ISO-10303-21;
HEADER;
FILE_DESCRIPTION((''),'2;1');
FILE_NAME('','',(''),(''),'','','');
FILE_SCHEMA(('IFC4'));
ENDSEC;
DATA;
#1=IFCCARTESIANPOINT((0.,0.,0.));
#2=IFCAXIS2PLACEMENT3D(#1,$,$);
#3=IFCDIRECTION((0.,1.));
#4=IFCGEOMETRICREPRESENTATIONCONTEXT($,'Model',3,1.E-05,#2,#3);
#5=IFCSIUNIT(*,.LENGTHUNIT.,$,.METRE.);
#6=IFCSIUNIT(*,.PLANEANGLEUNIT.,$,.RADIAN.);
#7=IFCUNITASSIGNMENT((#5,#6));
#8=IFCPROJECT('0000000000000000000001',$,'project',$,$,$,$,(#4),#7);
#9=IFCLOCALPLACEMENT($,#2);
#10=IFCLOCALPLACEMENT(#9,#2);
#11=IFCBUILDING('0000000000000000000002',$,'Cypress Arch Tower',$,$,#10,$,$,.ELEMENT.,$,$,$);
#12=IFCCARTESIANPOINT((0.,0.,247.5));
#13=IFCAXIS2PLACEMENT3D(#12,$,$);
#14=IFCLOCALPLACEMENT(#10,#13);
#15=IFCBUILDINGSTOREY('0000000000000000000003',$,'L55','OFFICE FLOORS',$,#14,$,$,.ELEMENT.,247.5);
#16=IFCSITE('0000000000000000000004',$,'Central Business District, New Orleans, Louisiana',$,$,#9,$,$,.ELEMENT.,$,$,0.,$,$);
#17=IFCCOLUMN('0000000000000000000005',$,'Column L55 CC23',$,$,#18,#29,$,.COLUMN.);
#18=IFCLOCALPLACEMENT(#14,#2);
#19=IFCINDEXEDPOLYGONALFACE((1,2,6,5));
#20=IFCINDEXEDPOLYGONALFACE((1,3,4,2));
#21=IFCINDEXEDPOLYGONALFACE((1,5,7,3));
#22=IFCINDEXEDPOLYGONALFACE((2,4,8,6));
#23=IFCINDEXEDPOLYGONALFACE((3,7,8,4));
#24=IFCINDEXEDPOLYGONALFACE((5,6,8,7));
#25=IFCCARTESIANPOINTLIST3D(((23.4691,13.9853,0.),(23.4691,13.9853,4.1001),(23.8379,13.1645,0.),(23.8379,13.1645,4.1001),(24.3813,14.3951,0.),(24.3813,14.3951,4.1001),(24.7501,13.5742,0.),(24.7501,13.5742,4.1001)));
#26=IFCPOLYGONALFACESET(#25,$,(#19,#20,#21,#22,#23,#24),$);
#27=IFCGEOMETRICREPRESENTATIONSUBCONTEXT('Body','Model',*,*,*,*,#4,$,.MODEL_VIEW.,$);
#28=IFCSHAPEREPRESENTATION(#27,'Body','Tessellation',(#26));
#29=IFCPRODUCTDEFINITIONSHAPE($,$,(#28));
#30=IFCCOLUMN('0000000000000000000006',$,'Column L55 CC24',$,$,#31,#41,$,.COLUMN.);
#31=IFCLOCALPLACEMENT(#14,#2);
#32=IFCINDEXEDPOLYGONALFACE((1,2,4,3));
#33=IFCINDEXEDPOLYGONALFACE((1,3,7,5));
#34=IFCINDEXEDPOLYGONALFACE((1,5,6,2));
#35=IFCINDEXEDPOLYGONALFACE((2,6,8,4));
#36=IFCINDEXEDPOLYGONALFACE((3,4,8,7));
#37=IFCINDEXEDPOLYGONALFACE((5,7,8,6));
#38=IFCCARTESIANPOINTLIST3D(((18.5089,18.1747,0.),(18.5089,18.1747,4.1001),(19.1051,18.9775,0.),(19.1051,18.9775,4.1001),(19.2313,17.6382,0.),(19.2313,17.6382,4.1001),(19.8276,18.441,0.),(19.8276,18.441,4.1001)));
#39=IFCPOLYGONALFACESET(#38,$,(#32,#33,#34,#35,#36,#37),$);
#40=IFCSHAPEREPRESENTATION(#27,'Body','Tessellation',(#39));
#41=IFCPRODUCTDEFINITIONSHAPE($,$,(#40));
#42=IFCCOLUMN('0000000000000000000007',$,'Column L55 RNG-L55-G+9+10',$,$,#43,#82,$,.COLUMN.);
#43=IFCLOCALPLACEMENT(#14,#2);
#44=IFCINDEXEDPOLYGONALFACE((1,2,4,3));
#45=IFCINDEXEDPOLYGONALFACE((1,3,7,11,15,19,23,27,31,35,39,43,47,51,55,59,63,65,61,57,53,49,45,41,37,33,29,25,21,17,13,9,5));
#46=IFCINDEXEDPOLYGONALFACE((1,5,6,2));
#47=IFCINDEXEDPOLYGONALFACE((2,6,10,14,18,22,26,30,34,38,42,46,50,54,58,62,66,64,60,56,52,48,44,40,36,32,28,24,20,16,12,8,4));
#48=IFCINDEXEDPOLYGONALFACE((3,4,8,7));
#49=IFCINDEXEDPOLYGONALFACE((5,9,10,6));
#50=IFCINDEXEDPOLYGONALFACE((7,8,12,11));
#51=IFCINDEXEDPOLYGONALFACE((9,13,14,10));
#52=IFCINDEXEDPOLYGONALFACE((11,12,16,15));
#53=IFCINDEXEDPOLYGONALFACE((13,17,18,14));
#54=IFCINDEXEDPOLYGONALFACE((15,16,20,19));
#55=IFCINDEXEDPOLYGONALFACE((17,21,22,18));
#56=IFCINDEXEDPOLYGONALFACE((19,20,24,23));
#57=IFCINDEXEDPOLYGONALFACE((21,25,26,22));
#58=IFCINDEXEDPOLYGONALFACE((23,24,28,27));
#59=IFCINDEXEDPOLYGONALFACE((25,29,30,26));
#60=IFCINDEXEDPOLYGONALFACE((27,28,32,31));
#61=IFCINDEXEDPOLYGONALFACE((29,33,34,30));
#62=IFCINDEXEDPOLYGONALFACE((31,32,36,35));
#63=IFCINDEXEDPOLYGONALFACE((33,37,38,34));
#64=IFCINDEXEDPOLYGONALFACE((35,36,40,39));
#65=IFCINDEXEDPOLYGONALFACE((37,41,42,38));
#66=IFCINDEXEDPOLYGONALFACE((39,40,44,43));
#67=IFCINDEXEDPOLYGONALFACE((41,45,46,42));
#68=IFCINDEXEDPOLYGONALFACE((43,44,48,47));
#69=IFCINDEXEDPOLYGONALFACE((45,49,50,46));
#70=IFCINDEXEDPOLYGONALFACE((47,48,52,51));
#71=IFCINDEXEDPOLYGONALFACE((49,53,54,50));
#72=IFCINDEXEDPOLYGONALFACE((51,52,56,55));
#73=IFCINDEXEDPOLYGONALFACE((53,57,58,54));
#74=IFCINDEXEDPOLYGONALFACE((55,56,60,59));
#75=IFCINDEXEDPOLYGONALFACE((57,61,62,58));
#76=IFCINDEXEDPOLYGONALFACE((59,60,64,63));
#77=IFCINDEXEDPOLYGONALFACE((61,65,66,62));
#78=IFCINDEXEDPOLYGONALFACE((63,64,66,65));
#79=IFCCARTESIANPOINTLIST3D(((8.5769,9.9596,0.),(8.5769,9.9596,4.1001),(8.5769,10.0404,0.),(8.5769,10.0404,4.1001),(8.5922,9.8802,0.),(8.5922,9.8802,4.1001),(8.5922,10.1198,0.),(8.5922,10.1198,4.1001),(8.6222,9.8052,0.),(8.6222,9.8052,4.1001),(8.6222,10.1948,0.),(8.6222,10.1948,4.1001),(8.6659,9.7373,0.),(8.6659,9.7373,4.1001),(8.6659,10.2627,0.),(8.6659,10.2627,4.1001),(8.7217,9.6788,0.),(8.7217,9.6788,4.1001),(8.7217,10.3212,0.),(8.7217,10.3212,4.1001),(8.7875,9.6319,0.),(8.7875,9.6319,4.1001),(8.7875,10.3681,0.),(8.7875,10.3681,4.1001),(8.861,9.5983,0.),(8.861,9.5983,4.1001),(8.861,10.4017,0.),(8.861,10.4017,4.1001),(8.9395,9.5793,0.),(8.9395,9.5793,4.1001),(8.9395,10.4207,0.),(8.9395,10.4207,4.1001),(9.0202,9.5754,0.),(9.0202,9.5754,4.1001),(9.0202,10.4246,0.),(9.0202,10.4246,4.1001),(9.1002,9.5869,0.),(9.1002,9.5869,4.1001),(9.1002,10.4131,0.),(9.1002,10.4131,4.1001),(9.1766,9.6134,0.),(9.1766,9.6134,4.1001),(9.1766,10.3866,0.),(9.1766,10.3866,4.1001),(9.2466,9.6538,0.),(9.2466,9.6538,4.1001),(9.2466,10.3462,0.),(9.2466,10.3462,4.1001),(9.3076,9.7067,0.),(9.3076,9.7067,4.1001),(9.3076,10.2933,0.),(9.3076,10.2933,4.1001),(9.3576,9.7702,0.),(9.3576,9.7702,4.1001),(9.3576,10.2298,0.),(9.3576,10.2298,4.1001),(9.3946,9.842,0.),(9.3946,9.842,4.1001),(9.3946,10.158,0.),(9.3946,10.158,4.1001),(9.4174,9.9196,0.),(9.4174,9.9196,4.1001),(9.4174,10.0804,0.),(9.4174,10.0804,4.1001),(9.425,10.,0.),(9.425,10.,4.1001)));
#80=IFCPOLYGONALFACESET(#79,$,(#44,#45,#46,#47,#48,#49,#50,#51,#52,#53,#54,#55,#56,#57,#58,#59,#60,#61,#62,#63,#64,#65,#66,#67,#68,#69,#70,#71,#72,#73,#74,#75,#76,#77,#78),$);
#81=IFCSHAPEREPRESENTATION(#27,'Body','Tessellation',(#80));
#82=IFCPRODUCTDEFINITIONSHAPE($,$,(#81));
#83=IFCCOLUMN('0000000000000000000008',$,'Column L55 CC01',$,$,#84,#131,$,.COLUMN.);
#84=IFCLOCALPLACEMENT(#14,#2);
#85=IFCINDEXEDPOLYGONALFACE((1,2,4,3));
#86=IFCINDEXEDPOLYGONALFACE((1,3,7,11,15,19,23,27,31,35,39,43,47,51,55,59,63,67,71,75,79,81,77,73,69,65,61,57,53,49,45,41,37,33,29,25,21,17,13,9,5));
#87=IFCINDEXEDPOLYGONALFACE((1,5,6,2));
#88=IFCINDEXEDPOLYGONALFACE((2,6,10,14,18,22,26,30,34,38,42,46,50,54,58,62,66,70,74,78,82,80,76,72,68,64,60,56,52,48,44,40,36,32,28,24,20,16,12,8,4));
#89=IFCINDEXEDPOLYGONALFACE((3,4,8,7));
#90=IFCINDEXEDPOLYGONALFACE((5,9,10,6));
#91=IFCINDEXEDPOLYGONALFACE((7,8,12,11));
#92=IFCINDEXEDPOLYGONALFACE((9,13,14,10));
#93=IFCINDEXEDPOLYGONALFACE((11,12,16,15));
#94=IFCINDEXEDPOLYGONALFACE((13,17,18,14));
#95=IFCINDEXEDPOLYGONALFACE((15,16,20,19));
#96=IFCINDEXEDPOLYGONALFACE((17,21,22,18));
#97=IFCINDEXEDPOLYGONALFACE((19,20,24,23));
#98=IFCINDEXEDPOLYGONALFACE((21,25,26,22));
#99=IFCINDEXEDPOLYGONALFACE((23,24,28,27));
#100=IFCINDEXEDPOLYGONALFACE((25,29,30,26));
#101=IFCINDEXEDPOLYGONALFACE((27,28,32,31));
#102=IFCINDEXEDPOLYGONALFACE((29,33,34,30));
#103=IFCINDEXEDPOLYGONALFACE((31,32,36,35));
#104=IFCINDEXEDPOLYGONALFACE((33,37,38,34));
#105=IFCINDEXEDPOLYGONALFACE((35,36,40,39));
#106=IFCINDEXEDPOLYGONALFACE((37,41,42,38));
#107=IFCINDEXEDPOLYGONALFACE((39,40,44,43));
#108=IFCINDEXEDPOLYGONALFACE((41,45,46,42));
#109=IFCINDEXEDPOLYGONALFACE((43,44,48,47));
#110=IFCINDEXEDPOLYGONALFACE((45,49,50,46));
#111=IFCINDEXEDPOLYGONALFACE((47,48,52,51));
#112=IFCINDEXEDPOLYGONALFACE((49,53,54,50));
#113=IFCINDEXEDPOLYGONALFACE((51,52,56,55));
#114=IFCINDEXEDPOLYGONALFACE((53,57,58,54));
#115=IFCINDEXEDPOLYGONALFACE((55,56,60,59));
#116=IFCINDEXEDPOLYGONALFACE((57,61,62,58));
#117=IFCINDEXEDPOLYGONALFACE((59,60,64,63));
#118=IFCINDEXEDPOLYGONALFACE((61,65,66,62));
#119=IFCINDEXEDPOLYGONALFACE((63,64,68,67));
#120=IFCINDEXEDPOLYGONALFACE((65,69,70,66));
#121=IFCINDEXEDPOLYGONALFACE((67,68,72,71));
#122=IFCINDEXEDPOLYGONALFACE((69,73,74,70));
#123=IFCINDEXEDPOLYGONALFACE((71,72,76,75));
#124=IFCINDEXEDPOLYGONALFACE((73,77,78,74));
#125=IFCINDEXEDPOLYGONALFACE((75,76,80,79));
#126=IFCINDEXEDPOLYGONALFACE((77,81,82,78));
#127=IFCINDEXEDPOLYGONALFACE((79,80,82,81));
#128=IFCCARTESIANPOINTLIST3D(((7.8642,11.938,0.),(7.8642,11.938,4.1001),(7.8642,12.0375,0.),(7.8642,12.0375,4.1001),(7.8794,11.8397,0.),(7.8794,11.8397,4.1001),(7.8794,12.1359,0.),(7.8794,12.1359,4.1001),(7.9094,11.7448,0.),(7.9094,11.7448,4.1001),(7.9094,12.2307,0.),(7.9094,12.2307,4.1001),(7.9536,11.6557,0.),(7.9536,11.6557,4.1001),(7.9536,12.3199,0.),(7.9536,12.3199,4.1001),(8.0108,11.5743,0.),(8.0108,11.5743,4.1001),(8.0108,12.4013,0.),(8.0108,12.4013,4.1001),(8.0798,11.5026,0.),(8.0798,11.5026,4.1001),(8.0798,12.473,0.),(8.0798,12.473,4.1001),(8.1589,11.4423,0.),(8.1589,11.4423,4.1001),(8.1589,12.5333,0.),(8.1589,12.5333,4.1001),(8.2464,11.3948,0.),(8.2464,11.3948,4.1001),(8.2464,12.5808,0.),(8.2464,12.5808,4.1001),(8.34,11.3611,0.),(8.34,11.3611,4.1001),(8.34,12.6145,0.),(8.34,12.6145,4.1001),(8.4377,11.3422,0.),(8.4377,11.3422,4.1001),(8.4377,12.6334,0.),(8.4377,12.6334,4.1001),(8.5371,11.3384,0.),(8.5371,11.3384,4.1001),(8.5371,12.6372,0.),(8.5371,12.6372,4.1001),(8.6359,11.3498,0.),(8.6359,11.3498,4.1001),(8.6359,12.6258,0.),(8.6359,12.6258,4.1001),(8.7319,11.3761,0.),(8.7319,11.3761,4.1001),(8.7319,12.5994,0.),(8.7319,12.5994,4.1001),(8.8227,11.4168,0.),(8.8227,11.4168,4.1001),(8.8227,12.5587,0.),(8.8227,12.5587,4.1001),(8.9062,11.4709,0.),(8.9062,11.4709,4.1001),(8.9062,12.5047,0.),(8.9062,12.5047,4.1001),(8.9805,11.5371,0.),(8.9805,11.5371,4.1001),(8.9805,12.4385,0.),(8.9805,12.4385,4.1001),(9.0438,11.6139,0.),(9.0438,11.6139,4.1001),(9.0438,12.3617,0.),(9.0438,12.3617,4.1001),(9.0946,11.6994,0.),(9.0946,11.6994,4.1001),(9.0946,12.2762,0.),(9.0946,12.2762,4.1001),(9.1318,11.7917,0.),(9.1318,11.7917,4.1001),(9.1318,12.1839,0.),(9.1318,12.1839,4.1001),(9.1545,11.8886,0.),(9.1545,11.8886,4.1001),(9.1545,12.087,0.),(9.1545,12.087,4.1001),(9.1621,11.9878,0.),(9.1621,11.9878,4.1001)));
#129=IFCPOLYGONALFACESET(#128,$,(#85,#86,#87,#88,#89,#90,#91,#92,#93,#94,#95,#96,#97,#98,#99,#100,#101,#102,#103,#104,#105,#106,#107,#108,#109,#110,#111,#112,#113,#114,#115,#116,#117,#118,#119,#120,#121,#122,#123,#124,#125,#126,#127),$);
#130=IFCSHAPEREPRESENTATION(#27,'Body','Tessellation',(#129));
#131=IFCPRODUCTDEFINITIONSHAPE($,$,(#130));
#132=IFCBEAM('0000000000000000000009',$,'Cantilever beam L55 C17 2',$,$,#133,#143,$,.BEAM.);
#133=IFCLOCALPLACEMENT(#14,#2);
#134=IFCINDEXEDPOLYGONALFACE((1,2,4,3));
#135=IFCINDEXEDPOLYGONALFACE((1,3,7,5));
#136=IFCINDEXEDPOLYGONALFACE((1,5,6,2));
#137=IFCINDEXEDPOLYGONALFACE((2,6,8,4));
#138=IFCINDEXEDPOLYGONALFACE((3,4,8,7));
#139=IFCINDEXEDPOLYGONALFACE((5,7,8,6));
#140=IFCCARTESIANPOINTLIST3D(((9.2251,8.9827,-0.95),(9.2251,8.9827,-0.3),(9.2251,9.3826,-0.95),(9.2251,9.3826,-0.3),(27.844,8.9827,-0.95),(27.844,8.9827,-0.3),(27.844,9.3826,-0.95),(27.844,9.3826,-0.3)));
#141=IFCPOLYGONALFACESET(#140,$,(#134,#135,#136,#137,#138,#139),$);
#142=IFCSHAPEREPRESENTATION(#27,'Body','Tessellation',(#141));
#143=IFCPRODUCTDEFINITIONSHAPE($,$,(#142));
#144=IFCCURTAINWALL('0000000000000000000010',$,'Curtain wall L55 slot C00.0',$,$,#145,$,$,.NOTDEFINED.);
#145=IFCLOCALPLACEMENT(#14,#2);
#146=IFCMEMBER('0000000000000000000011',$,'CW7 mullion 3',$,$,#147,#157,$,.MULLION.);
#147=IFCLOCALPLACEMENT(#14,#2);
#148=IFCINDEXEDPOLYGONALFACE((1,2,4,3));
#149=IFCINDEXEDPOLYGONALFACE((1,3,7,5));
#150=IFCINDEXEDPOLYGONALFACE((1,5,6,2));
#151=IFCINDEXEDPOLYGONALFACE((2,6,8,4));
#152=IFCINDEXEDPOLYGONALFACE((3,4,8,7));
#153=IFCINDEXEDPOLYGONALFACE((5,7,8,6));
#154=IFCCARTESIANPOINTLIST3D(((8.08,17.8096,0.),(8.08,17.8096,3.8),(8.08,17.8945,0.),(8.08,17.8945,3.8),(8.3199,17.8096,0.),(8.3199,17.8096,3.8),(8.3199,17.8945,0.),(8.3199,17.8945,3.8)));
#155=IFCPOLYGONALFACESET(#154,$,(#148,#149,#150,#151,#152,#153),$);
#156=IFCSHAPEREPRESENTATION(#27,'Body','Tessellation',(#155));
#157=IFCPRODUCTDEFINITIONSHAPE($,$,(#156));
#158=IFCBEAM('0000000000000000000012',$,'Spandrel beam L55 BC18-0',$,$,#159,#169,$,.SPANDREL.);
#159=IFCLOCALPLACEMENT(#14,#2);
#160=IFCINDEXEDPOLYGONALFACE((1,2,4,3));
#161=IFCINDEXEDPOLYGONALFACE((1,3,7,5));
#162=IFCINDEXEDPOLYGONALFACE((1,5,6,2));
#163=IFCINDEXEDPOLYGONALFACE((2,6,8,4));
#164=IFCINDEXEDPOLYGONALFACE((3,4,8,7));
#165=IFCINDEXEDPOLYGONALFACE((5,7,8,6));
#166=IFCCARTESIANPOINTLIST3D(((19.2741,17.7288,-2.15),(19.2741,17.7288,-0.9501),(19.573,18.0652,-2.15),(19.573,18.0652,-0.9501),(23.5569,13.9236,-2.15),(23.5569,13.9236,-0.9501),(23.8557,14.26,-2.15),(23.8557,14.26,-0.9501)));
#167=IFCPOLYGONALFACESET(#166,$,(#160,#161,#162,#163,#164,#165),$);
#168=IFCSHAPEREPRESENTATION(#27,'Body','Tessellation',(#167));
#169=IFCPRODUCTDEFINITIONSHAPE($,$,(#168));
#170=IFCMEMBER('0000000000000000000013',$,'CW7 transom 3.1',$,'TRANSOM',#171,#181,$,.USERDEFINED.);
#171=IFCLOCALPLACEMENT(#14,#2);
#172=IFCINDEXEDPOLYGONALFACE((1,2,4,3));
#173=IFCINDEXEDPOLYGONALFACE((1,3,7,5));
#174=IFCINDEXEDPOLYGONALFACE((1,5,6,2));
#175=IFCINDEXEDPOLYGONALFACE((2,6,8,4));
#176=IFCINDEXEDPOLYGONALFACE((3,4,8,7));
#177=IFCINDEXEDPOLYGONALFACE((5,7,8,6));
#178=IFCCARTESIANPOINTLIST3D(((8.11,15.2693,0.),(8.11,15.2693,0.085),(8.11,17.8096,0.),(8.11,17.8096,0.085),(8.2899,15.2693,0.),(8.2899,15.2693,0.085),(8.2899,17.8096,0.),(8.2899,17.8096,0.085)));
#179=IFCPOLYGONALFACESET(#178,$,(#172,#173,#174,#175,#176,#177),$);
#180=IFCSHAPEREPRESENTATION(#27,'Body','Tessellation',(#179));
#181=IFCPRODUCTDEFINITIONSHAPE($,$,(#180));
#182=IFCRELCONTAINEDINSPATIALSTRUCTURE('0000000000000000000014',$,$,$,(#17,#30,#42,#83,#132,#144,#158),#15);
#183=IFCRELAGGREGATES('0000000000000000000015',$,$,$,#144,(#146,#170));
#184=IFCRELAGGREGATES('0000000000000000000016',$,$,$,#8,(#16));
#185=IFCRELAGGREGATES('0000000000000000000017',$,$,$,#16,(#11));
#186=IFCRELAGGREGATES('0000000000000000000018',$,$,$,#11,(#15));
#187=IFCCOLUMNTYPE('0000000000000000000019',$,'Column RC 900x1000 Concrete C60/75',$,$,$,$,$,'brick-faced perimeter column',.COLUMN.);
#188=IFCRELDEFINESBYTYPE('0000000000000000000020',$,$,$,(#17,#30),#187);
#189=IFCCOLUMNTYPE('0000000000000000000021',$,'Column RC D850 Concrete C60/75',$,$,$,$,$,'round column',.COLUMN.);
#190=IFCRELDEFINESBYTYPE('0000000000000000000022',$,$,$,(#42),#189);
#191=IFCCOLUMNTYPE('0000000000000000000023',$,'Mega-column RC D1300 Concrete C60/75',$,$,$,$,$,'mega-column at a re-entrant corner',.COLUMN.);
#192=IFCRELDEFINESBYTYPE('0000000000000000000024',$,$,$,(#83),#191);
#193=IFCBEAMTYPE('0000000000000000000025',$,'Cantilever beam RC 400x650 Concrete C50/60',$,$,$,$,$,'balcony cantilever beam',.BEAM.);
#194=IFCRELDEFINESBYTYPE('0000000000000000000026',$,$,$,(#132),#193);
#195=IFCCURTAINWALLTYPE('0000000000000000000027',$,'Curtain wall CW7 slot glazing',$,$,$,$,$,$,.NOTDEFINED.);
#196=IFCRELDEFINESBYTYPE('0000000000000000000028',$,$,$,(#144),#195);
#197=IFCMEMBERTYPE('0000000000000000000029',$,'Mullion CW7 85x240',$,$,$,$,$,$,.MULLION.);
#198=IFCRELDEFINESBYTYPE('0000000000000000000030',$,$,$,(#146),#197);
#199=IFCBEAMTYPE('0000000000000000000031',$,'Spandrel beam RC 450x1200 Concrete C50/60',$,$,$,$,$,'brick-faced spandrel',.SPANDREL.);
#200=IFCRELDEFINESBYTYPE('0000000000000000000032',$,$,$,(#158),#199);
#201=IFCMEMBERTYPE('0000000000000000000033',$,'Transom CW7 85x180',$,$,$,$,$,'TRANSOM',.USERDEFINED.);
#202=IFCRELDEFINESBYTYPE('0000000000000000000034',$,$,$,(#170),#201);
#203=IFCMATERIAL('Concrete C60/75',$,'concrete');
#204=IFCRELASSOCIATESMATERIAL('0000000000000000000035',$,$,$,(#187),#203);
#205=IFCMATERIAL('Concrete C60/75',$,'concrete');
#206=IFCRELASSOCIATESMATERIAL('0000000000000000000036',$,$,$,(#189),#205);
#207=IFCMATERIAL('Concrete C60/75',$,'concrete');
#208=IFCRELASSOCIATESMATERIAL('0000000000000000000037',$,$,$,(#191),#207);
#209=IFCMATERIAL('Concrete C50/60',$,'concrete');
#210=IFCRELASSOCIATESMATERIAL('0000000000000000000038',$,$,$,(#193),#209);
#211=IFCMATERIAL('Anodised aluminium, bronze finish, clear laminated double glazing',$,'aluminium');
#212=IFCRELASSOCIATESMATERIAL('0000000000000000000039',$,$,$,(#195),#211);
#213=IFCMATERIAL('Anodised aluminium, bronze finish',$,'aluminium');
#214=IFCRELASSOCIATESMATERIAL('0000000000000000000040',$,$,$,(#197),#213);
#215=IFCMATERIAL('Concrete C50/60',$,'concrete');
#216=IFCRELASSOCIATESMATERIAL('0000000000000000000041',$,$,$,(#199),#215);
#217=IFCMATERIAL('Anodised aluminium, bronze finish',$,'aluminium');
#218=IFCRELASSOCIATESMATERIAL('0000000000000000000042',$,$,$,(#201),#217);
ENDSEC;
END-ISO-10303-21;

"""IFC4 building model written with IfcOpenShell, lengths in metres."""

from ifc_helpers import new_model, si_unit, direction, frame, origin, origin_2d, place, context, subcontext, project, spatial, rectangle, circle, extrude, material, material_profile, profile_set, type_object, element, aggregate, save


model = new_model("IFC4")

# Units and contexts
model_context = context("Model", 3, precision=1e-05, world=origin(), true_north=direction((0.0, 1.0)))
body_context = subcontext(model_context, "Body", "Model", "MODEL_VIEW")
ifc_project = project(units=[si_unit("LENGTHUNIT", "METRE"), si_unit("PLANEANGLEUNIT", "RADIAN")], contexts=[model_context])

# Site, building, storey
site_placement = place(None, origin())
site = spatial("IfcSite", under=ifc_project, at=site_placement, Name="Central Business District, New Orleans, Louisiana", CompositionType="ELEMENT", RefElevation=0.0)
building_placement = place(site_placement, origin())
building = spatial("IfcBuilding", under=site, at=building_placement, Name="Cypress Arch Tower", CompositionType="ELEMENT")
storey_placement = place(building_placement, frame((0.0, 0.0, 247.5)))
storey = spatial("IfcBuildingStorey", under=building, at=storey_placement, Name="L55", Description="OFFICE FLOORS", CompositionType="ELEMENT", Elevation=247.5)

# Columns
ifc_material_1 = material(Name="Concrete C60/75", Category="concrete")
ifc_material_profile_1 = material_profile(ifc_material_1, rectangle(XDim=0.8999, YDim=1.0, at=origin_2d()), Name="RC 900x1000")
ifc_profile_set_1 = profile_set([ifc_material_profile_1], Name="Concrete C60/75")
column_type_1 = type_object("IfcColumnType", Name="Column RC 900x1000 Concrete C60/75", ElementType="brick-faced perimeter column", PredefinedType="COLUMN", material=ifc_profile_set_1)
for number, where, z_axis, x_axis, name in (
    (1, (24.1096, 13.7798, 0.0), (0.0, 0.0, 1.0), (-0.409765, 0.912191, 0.0), "Column L55 CC23"),
    (2, (19.1682, 18.3079, 0.0), (0.0, 0.0, 1.0), (-0.802799, 0.59625, 0.0), "Column L55 CC24"),
):
    element("IfcColumn", number, at=place(storey_placement, frame(where, z_axis=z_axis, x_axis=x_axis)), inside=storey, type_object=column_type_1, Name=name, PredefinedType="COLUMN", context=body_context, shape_type="SweptSolid", body=[
        extrude(rectangle(XDim=0.8999, YDim=1.0, at=origin_2d()), origin(), (0.0, 0.0, 1.0), 4.1001),
    ])
ifc_material_2 = material(Name="Concrete C60/75", Category="concrete")
ifc_material_profile_2 = material_profile(ifc_material_2, circle(Radius=0.425, at=origin_2d()), Name="RC D850")
ifc_profile_set_2 = profile_set([ifc_material_profile_2], Name="Concrete C60/75")
column_type_2 = type_object("IfcColumnType", Name="Column RC D850 Concrete C60/75", ElementType="round column", PredefinedType="COLUMN", material=ifc_profile_set_2)
column_1_placement = place(storey_placement, frame((9.0, 10.0, 0.0), z_axis=(0.0, 0.0, 1.0), x_axis=(1.0, 0.0, 0.0)))
element("IfcColumn", 3, at=column_1_placement, inside=storey, type_object=column_type_2, Name="Column L55 RNG-L55-G+9+10", PredefinedType="COLUMN", context=body_context, shape_type="SweptSolid", body=[
    extrude(circle(Radius=0.425, at=origin_2d()), origin(), (0.0, 0.0, 1.0), 4.1001),
])
ifc_material_3 = material(Name="Concrete C60/75", Category="concrete")
ifc_material_profile_3 = material_profile(ifc_material_3, circle(Radius=0.6499, at=origin_2d()), Name="RC D1300")
ifc_profile_set_3 = profile_set([ifc_material_profile_3], Name="Concrete C60/75")
column_type_3 = type_object("IfcColumnType", Name="Mega-column RC D1300 Concrete C60/75", ElementType="mega-column at a re-entrant corner", PredefinedType="COLUMN", material=ifc_profile_set_3)
column_2_placement = place(storey_placement, frame((8.5122, 11.9878, 0.0), z_axis=(0.0, 0.0, 1.0), x_axis=(1.0, 0.0, 0.0)))
element("IfcColumn", 4, at=column_2_placement, inside=storey, type_object=column_type_3, Name="Column L55 CC01", PredefinedType="COLUMN", context=body_context, shape_type="SweptSolid", body=[
    extrude(circle(Radius=0.6499, at=origin_2d()), origin(), (0.0, 0.0, 1.0), 4.1001),
])

# Beam
ifc_material_4 = material(Name="Concrete C50/60", Category="concrete")
ifc_material_profile_4 = material_profile(ifc_material_4, rectangle(XDim=0.3999, YDim=0.6499, at=origin_2d()), Name="RC 400x650")
ifc_profile_set_4 = profile_set([ifc_material_profile_4], Name="Concrete C50/60")
beam_type_1 = type_object("IfcBeamType", Name="Cantilever beam RC 400x650 Concrete C50/60", ElementType="balcony cantilever beam", PredefinedType="BEAM", material=ifc_profile_set_4)
beam_1_placement = place(storey_placement, frame((9.2251, 9.1826, -0.625), z_axis=(1.0, 0.0, 0.0), x_axis=(0.0, 1.0, 0.0)))
element("IfcBeam", 5, at=beam_1_placement, inside=storey, type_object=beam_type_1, Name="Cantilever beam L55 C17 2", PredefinedType="BEAM", context=body_context, shape_type="SweptSolid", body=[
    extrude(rectangle(XDim=0.3999, YDim=0.6499, at=origin_2d()), origin(), (0.0, 0.0, 1.0), 18.6189),
])

# Curtain wall, member
ifc_material_5 = material(Name="Anodised aluminium, bronze finish, clear laminated double glazing", Category="aluminium")
curtain_wall_type = type_object("IfcCurtainWallType", Name="Curtain wall CW7 slot glazing", PredefinedType="NOTDEFINED", material=ifc_material_5)
curtain_wall_placement = place(storey_placement, origin())
curtain_wall = element("IfcCurtainWall", 6, at=curtain_wall_placement, inside=storey, type_object=curtain_wall_type, Name="Curtain wall L55 slot C00.0", PredefinedType="NOTDEFINED")
ifc_material_6 = material(Name="Anodised aluminium, bronze finish", Category="aluminium")
ifc_material_profile_5 = material_profile(ifc_material_6, rectangle(XDim=0.24, YDim=0.085, at=origin_2d()), Name="Mullion 85x240")
ifc_profile_set_5 = profile_set([ifc_material_profile_5], Name="Anodised aluminium, bronze finish")
member_type_1 = type_object("IfcMemberType", Name="Mullion CW7 85x240", PredefinedType="MULLION", material=ifc_profile_set_5)
member_1_placement = place(storey_placement, frame((8.2, 17.8521, 0.0), z_axis=(0.0, 0.0, 1.0), x_axis=(1.0, 0.0, 0.0)))
member_1 = element("IfcMember", 7, at=member_1_placement, type_object=member_type_1, Name="CW7 mullion 3", PredefinedType="MULLION", context=body_context, shape_type="SweptSolid", body=[
    extrude(rectangle(XDim=0.24, YDim=0.085, at=origin_2d()), origin(), (0.0, 0.0, 1.0), 3.8),
])

# Beam
ifc_material_7 = material(Name="Concrete C50/60", Category="concrete")
ifc_material_profile_6 = material_profile(ifc_material_7, rectangle(XDim=0.45, YDim=1.2, at=origin_2d()), Name="RC 450x1200")
ifc_profile_set_6 = profile_set([ifc_material_profile_6], Name="Concrete C50/60")
beam_type_2 = type_object("IfcBeamType", Name="Spandrel beam RC 450x1200 Concrete C50/60", ElementType="brick-faced spandrel", PredefinedType="SPANDREL", material=ifc_profile_set_6)
beam_2_placement = place(storey_placement, frame((23.7063, 14.0918, -1.55), z_axis=(-0.747555, 0.6642, 0.0), x_axis=(-0.6642, -0.747555, 0.0)))
element("IfcBeam", 8, at=beam_2_placement, inside=storey, type_object=beam_type_2, Name="Spandrel beam L55 BC18-0", PredefinedType="SPANDREL", context=body_context, shape_type="SweptSolid", body=[
    extrude(rectangle(XDim=0.45, YDim=1.2, at=origin_2d()), origin(), (0.0, 0.0, 1.0), 5.729),
])

# Member
ifc_material_8 = material(Name="Anodised aluminium, bronze finish", Category="aluminium")
ifc_material_profile_7 = material_profile(ifc_material_8, rectangle(XDim=0.1799, YDim=0.085, at=origin_2d()), Name="Transom 85x180")
ifc_profile_set_7 = profile_set([ifc_material_profile_7], Name="Anodised aluminium, bronze finish")
member_type_2 = type_object("IfcMemberType", Name="Transom CW7 85x180", ElementType="TRANSOM", PredefinedType="USERDEFINED", material=ifc_profile_set_7)
member_2_placement = place(storey_placement, frame((8.2, 17.8096, 0.0425), z_axis=(0.0, -1.0, 0.0), x_axis=(1.0, 0.0, 0.0)))
member_2 = element("IfcMember", 9, at=member_2_placement, type_object=member_type_2, Name="CW7 transom 3.1", ObjectType="TRANSOM", PredefinedType="USERDEFINED", context=body_context, shape_type="SweptSolid", body=[
    extrude(rectangle(XDim=0.1799, YDim=0.085, at=origin_2d()), origin(), (0.0, 0.0, 1.0), 2.5403),
])

aggregate(curtain_wall, [member_1, member_2])

save(model, "model.ifc")
